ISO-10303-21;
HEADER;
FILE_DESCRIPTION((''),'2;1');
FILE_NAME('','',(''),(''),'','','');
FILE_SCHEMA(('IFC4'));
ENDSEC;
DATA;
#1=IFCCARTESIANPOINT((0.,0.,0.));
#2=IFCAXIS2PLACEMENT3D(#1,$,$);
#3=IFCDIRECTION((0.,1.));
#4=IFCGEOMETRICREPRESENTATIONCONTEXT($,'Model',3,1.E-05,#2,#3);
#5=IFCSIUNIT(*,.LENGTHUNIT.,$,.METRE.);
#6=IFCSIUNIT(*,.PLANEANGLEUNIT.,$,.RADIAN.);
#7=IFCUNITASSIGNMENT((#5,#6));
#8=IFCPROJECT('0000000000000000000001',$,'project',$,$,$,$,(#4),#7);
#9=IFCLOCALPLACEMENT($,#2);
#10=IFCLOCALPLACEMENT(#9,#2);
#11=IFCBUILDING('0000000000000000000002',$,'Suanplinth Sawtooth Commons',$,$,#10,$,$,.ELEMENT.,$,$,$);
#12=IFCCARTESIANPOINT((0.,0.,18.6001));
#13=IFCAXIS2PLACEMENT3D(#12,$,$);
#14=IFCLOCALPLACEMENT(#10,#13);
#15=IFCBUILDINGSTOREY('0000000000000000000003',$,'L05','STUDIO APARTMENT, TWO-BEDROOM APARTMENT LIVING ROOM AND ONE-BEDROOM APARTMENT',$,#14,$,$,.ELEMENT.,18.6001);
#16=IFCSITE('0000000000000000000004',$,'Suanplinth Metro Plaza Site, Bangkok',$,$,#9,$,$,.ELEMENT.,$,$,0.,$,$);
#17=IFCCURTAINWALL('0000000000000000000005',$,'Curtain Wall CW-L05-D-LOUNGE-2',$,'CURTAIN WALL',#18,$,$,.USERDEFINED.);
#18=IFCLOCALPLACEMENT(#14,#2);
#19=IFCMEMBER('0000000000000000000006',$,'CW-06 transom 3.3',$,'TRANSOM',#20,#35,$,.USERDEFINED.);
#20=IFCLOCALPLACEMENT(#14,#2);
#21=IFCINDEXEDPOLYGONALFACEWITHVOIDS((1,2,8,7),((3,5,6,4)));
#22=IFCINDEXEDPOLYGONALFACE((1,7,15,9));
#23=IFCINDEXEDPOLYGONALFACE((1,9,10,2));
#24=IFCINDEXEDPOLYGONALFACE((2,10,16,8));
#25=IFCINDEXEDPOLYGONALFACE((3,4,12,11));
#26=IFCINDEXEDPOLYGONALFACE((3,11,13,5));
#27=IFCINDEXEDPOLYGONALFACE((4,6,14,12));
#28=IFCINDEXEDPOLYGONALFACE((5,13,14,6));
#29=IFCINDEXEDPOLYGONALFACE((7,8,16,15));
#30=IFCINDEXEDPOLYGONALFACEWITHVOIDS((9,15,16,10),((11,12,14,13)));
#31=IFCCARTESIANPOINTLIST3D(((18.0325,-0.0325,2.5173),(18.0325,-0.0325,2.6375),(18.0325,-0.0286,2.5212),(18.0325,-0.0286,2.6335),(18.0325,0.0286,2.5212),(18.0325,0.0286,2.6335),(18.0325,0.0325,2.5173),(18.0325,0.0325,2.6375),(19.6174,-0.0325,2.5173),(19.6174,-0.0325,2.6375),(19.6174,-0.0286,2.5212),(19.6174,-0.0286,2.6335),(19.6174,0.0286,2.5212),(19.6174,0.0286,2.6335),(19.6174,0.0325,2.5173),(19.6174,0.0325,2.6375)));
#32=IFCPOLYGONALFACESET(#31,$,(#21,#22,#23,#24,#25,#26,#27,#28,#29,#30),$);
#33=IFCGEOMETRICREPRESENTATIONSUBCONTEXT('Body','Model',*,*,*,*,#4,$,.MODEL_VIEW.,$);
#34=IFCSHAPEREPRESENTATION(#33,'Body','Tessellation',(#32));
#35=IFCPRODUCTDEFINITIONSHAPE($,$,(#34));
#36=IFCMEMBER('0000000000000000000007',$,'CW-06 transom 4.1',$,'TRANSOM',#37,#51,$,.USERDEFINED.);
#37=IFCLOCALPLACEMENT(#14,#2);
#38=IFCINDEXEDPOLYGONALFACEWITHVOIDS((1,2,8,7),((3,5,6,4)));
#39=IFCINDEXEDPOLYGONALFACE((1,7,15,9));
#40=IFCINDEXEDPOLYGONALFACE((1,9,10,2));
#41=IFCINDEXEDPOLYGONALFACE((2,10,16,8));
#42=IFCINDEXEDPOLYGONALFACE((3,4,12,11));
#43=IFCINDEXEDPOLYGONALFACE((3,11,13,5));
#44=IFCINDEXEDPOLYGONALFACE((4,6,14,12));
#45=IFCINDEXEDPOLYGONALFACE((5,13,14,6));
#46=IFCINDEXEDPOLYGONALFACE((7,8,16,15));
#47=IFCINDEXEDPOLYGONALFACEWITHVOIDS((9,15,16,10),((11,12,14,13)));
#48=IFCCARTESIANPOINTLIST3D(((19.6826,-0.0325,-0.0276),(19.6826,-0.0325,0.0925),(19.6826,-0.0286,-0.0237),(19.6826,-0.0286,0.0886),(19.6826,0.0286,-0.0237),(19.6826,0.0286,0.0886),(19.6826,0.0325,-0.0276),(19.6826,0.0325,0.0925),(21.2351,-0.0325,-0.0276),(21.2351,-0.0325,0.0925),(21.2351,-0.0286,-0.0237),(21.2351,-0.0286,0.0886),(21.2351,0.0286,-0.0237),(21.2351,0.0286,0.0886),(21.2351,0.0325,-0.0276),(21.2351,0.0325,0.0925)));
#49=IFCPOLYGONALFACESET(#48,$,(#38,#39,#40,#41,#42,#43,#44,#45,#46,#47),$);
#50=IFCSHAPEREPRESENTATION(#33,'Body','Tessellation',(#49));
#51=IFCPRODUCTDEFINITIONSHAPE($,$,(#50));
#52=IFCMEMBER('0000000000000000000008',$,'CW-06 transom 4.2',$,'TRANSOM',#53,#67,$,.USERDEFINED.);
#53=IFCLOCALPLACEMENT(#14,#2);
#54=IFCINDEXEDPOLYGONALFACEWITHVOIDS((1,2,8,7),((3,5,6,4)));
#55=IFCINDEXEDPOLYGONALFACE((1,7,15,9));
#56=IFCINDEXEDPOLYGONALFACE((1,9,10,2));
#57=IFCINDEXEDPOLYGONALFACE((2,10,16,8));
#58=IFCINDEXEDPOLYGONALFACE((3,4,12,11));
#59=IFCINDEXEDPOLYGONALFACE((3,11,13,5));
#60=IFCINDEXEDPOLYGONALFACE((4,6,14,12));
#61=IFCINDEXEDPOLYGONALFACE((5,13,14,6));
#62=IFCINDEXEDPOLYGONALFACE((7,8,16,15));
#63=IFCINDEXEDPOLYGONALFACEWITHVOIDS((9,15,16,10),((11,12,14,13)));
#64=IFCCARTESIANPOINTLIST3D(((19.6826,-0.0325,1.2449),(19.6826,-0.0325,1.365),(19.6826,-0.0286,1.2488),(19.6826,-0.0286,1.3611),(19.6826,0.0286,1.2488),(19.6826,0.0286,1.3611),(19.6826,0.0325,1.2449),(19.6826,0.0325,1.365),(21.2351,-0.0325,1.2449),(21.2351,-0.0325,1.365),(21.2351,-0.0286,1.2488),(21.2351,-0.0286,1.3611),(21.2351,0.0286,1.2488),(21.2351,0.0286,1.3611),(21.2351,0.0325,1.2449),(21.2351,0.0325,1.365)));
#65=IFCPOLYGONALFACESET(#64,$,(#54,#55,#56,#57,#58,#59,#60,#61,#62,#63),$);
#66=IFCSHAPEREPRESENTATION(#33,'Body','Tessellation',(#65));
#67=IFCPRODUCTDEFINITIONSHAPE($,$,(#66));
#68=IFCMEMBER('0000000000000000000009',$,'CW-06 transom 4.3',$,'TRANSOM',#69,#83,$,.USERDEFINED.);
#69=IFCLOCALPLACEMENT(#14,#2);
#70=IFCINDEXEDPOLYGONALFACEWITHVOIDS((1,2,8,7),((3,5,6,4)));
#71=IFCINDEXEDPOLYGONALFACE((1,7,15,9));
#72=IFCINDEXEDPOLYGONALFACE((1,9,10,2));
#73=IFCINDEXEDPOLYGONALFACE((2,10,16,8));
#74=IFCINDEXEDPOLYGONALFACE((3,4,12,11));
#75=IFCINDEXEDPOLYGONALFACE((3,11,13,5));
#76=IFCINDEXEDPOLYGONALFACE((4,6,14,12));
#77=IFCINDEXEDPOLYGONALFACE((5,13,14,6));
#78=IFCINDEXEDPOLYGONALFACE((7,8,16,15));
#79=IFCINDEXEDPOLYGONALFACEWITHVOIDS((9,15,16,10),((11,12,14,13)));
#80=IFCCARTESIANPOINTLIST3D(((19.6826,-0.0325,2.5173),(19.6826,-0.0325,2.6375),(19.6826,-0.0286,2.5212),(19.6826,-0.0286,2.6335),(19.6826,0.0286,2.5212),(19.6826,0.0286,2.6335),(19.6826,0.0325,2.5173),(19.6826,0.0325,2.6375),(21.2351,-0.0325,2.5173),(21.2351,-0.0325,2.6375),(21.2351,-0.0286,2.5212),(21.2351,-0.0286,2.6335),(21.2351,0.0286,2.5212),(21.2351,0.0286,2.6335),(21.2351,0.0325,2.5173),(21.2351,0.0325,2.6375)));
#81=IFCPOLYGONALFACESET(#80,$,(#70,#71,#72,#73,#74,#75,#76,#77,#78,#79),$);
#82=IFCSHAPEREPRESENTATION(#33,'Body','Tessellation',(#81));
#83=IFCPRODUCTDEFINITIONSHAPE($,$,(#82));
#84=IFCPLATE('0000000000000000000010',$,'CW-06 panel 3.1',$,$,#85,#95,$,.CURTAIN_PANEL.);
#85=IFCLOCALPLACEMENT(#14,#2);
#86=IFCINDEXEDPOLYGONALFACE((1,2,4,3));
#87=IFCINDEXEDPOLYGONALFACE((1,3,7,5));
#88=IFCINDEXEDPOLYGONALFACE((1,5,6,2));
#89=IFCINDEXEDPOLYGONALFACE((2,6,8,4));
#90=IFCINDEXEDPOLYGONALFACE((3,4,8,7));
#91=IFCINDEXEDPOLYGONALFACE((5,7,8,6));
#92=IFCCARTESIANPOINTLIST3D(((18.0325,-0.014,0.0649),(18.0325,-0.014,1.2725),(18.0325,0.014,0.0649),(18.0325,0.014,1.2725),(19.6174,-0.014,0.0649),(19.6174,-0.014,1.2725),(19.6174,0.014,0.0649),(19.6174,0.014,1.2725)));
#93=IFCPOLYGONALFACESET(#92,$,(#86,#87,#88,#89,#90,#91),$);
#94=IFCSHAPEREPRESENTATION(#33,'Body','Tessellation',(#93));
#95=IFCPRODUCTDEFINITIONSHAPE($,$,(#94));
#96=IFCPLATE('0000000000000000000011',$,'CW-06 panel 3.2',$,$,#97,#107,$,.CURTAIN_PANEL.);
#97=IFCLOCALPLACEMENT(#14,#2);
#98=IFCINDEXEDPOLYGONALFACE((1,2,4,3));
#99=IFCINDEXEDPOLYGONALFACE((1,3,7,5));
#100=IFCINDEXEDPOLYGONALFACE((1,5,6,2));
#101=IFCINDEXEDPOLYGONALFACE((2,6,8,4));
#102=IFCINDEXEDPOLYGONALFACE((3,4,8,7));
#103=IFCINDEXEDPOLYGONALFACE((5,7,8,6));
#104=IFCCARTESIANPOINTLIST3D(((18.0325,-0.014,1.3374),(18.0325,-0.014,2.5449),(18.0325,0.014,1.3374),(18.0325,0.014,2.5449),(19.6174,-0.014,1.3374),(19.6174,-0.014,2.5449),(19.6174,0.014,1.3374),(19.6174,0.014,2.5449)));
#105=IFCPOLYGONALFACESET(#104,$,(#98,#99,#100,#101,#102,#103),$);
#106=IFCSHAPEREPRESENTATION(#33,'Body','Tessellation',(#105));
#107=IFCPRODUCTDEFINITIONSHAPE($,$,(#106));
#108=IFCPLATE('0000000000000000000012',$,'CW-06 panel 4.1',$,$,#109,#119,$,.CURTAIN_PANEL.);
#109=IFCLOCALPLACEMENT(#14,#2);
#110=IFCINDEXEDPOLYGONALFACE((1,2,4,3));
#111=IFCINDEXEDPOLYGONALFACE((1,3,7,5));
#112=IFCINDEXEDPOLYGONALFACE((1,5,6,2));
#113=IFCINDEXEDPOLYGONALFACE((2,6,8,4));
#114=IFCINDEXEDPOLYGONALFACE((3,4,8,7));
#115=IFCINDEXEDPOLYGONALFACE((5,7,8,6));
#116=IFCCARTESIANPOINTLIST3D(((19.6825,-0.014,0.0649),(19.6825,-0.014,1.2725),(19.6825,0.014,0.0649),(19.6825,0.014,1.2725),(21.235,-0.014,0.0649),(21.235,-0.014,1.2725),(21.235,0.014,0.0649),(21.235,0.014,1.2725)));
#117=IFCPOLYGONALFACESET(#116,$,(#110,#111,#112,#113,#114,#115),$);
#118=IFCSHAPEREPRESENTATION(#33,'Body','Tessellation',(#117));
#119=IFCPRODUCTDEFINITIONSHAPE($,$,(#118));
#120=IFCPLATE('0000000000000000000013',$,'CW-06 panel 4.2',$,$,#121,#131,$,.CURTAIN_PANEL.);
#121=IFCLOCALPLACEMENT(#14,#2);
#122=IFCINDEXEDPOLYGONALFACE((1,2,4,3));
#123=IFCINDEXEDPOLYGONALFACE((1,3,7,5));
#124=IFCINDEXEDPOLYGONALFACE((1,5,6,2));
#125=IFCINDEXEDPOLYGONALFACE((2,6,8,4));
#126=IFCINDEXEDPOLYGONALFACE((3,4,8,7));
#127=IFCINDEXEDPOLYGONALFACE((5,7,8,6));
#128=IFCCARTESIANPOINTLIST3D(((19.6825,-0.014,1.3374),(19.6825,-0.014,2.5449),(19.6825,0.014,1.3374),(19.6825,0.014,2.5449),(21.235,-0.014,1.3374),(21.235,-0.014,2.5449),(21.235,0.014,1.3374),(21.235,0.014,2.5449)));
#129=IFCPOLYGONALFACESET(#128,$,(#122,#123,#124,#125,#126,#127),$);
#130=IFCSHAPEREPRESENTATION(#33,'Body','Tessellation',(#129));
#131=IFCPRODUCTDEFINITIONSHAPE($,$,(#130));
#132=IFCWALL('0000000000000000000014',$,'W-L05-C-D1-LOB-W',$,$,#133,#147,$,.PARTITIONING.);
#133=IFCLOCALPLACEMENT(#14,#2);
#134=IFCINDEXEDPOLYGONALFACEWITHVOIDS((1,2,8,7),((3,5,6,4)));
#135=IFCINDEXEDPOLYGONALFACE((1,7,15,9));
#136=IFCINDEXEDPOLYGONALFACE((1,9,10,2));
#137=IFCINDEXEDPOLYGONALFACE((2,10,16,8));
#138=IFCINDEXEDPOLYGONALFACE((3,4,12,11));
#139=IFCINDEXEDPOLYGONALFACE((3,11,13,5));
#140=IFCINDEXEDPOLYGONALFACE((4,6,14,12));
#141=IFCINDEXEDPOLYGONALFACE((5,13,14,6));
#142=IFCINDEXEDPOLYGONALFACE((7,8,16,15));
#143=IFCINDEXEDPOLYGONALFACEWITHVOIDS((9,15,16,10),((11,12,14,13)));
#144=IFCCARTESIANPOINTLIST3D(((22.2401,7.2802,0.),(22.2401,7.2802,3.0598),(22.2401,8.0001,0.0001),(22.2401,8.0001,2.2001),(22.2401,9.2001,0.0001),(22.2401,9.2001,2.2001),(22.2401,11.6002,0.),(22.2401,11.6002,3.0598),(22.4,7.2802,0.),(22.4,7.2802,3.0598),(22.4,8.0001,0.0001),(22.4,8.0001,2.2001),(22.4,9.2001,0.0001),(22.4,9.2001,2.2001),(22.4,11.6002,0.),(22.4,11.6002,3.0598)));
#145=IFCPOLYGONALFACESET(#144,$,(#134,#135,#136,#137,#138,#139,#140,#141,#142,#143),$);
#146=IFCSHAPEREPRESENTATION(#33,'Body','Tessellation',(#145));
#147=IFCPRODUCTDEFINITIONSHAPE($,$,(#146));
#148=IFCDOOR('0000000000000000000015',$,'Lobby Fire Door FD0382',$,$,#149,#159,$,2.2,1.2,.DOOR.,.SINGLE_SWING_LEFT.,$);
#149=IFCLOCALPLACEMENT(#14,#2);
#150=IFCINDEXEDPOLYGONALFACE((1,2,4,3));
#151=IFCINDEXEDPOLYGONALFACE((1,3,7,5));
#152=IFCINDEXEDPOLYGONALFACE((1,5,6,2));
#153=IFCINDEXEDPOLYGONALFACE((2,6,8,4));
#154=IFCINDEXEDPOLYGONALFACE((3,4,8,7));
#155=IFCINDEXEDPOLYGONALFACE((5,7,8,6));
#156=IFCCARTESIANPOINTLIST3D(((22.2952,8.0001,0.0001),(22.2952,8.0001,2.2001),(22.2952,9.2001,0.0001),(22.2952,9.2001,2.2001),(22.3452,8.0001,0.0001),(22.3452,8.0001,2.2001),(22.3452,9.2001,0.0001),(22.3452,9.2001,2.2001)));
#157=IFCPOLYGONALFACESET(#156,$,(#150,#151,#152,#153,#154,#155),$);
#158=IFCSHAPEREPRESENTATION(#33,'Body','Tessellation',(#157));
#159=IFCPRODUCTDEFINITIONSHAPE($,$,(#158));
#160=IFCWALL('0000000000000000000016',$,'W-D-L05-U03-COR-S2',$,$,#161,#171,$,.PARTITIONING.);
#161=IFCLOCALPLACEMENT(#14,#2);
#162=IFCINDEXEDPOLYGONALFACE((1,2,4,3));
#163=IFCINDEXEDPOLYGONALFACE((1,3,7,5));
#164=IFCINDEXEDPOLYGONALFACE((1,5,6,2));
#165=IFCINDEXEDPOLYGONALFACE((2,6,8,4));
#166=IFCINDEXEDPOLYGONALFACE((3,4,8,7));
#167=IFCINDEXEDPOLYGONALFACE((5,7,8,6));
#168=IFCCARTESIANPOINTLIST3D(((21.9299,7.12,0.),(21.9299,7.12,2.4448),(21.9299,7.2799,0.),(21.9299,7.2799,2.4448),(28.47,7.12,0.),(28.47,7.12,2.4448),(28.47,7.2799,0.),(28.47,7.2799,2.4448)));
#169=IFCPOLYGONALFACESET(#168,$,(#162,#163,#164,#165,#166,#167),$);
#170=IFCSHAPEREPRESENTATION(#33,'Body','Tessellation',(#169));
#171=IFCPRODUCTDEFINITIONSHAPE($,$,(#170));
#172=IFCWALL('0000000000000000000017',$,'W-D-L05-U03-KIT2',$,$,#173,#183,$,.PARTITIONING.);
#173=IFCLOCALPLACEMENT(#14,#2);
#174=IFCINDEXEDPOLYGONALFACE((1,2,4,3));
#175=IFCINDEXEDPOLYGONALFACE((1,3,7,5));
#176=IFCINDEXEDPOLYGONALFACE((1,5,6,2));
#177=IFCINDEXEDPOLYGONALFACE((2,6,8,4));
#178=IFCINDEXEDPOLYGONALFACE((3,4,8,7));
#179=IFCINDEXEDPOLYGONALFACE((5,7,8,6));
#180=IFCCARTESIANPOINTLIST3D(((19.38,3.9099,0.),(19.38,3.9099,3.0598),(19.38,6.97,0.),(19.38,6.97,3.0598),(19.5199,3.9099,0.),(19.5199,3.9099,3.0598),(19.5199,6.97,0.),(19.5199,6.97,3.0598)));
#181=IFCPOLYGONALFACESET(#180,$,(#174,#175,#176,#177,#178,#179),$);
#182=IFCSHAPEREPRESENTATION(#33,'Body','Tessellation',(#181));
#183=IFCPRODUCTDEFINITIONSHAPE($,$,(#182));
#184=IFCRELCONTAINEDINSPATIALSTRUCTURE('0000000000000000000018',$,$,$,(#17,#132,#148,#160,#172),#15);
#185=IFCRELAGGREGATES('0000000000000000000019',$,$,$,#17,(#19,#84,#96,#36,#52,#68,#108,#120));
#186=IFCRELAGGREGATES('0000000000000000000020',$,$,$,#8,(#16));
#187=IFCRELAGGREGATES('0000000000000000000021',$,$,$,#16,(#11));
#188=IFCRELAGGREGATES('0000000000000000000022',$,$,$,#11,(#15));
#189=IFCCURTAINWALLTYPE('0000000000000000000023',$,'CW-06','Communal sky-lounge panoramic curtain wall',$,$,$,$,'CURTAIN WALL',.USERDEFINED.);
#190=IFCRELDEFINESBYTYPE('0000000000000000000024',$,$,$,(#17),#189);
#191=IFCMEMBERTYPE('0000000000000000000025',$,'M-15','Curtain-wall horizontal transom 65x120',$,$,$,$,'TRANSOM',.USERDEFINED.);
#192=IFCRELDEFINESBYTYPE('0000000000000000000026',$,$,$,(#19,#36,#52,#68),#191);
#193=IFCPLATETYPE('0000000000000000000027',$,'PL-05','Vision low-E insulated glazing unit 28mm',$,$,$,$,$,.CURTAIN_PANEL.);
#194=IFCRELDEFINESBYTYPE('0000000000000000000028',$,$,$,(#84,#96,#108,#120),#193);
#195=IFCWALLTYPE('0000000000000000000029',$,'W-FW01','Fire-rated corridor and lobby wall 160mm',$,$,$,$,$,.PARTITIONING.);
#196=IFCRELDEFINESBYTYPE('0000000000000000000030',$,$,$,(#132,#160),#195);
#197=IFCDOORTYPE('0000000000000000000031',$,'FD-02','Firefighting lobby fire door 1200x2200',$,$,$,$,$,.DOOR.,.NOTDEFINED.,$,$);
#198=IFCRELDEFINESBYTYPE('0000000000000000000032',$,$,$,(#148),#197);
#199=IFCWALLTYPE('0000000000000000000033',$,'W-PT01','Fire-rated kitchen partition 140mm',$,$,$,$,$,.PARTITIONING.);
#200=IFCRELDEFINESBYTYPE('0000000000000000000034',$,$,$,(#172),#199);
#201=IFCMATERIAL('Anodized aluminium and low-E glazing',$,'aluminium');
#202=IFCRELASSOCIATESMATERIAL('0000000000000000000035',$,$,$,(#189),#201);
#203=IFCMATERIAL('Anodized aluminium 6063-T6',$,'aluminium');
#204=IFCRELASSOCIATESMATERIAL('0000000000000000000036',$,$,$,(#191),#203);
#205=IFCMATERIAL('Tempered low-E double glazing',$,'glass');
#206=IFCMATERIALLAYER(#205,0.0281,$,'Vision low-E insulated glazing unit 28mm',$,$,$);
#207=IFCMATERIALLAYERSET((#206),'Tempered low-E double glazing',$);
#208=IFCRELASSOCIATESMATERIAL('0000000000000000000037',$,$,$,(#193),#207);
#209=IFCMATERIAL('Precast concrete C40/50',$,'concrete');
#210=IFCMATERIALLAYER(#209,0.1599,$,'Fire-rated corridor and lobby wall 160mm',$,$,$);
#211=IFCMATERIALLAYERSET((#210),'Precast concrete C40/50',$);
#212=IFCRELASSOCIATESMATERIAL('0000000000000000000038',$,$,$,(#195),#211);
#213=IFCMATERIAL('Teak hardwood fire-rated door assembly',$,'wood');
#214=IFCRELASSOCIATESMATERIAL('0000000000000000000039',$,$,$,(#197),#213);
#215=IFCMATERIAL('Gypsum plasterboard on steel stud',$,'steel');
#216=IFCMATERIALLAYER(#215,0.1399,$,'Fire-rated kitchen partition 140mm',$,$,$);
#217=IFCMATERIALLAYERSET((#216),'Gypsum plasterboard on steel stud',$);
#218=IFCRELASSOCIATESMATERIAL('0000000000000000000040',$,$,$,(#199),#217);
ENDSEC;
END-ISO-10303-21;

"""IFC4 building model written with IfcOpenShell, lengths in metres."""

from ifc_helpers import new_model, si_unit, direction, frame, frame_2d, origin, origin_2d, place, context, subcontext, project, spatial, rectangle, hollow_rectangle, extrude, material, layer, layer_set, material_profile, profile_set, type_object, element, fill, aggregate, save


model = new_model("IFC4")

# Units and contexts
model_context = context("Model", 3, precision=1e-05, world=origin(), true_north=direction((0.0, 1.0)))
body_context = subcontext(model_context, "Body", "Model", "MODEL_VIEW")
ifc_project = project(units=[si_unit("LENGTHUNIT", "METRE"), si_unit("PLANEANGLEUNIT", "RADIAN")], contexts=[model_context])

# Site, building, storey
site_placement = place(None, origin())
site = spatial("IfcSite", under=ifc_project, at=site_placement, Name="Suanplinth Metro Plaza Site, Bangkok", CompositionType="ELEMENT", RefElevation=0.0)
building_placement = place(site_placement, origin())
building = spatial("IfcBuilding", under=site, at=building_placement, Name="Suanplinth Sawtooth Commons", CompositionType="ELEMENT")
storey_placement = place(building_placement, frame((0.0, 0.0, 18.6001)))
storey = spatial("IfcBuildingStorey", under=building, at=storey_placement, Name="L05", Description="STUDIO APARTMENT, TWO-BEDROOM APARTMENT LIVING ROOM AND ONE-BEDROOM APARTMENT", CompositionType="ELEMENT", Elevation=18.6001)

# Shared definitions
ifc_material_1 = material(Name="Precast concrete C40/50", Category="concrete")

# Curtain wall, members, plates
ifc_material_2 = material(Name="Anodized aluminium and low-E glazing", Category="aluminium")
curtain_wall_type = type_object("IfcCurtainWallType", Name="CW-06", Description="Communal sky-lounge panoramic curtain wall", ElementType="CURTAIN WALL", PredefinedType="USERDEFINED", material=ifc_material_2)
curtain_wall_placement = place(storey_placement, origin())
curtain_wall = element("IfcCurtainWall", 1, at=curtain_wall_placement, inside=storey, type_object=curtain_wall_type, Name="Curtain Wall CW-L05-D-LOUNGE-2", ObjectType="CURTAIN WALL", PredefinedType="USERDEFINED")
ifc_material_3 = material(Name="Anodized aluminium 6063-T6", Category="aluminium")
ifc_material_profile_1 = material_profile(ifc_material_3, hollow_rectangle(XDim=0.0649, YDim=0.1201, WallThickness=0.0039, at=origin_2d()), Name="ALU-TRN 65x120")
ifc_profile_set_1 = profile_set([ifc_material_profile_1], Name="Anodized aluminium 6063-T6")
member_type_1 = type_object("IfcMemberType", Name="M-15", Description="Curtain-wall horizontal transom 65x120", ElementType="TRANSOM", PredefinedType="USERDEFINED", material=ifc_profile_set_1)
member_1_placement = place(storey_placement, frame((18.0325, 0.0, 2.5774), z_axis=(1.0, 0.0, 0.0), x_axis=(0.0, 1.0, 0.0)))
member_1 = element("IfcMember", 2, at=member_1_placement, type_object=member_type_1, Name="CW-06 transom 3.3", ObjectType="TRANSOM", PredefinedType="USERDEFINED", context=body_context, shape_type="SweptSolid", body=[
    extrude(hollow_rectangle(XDim=0.0649, YDim=0.1201, WallThickness=0.0039, at=origin_2d()), origin(), (0.0, 0.0, 1.0), 1.585),
])
member_2_placement = place(storey_placement, frame((19.6826, 0.0, 0.0325), z_axis=(1.0, 0.0, 0.0), x_axis=(0.0, 1.0, 0.0)))
member_2 = element("IfcMember", 3, at=member_2_placement, type_object=member_type_1, Name="CW-06 transom 4.1", ObjectType="TRANSOM", PredefinedType="USERDEFINED", context=body_context, shape_type="SweptSolid", body=[
    extrude(hollow_rectangle(XDim=0.0649, YDim=0.1201, WallThickness=0.0039, at=origin_2d()), origin(), (0.0, 0.0, 1.0), 1.5525),
])
member_3_placement = place(storey_placement, frame((19.6826, 0.0, 1.3049), z_axis=(1.0, 0.0, 0.0), x_axis=(0.0, 1.0, 0.0)))
member_3 = element("IfcMember", 4, at=member_3_placement, type_object=member_type_1, Name="CW-06 transom 4.2", ObjectType="TRANSOM", PredefinedType="USERDEFINED", context=body_context, shape_type="SweptSolid", body=[
    extrude(hollow_rectangle(XDim=0.0649, YDim=0.1201, WallThickness=0.0039, at=origin_2d()), origin(), (0.0, 0.0, 1.0), 1.5525),
])
member_4_placement = place(storey_placement, frame((19.6826, 0.0, 2.5774), z_axis=(1.0, 0.0, 0.0), x_axis=(0.0, 1.0, 0.0)))
member_4 = element("IfcMember", 5, at=member_4_placement, type_object=member_type_1, Name="CW-06 transom 4.3", ObjectType="TRANSOM", PredefinedType="USERDEFINED", context=body_context, shape_type="SweptSolid", body=[
    extrude(hollow_rectangle(XDim=0.0649, YDim=0.1201, WallThickness=0.0039, at=origin_2d()), origin(), (0.0, 0.0, 1.0), 1.5525),
])
ifc_material_4 = material(Name="Tempered low-E double glazing", Category="glass")
ifc_layer_1 = layer(ifc_material_4, 0.0281, Name="Vision low-E insulated glazing unit 28mm")
ifc_layer_set_1 = layer_set([ifc_layer_1], Name="Tempered low-E double glazing")
plate_type = type_object("IfcPlateType", Name="PL-05", Description="Vision low-E insulated glazing unit 28mm", PredefinedType="CURTAIN_PANEL", material=ifc_layer_set_1)
plate_1_placement = place(storey_placement, frame((18.825, 0.0, 0.0649), z_axis=(0.0, 0.0, 1.0), x_axis=(1.0, 0.0, 0.0)))
plate_1 = element("IfcPlate", 6, at=plate_1_placement, type_object=plate_type, Name="CW-06 panel 3.1", PredefinedType="CURTAIN_PANEL", context=body_context, shape_type="SweptSolid", body=[
    extrude(rectangle(XDim=1.585, YDim=0.0281, at=origin_2d()), origin(), (0.0, 0.0, 1.0), 1.2075),
])
plate_2_placement = place(storey_placement, frame((18.825, 0.0, 1.3374), z_axis=(0.0, 0.0, 1.0), x_axis=(1.0, 0.0, 0.0)))
plate_2 = element("IfcPlate", 7, at=plate_2_placement, type_object=plate_type, Name="CW-06 panel 3.2", PredefinedType="CURTAIN_PANEL", context=body_context, shape_type="SweptSolid", body=[
    extrude(rectangle(XDim=1.585, YDim=0.0281, at=origin_2d()), origin(), (0.0, 0.0, 1.0), 1.2075),
])
plate_3_placement = place(storey_placement, frame((20.4587, 0.0, 0.0649), z_axis=(0.0, 0.0, 1.0), x_axis=(1.0, 0.0, 0.0)))
plate_3 = element("IfcPlate", 8, at=plate_3_placement, type_object=plate_type, Name="CW-06 panel 4.1", PredefinedType="CURTAIN_PANEL", context=body_context, shape_type="SweptSolid", body=[
    extrude(rectangle(XDim=1.5525, YDim=0.0281, at=origin_2d()), origin(), (0.0, 0.0, 1.0), 1.2075),
])
plate_4_placement = place(storey_placement, frame((20.4587, 0.0, 1.3374), z_axis=(0.0, 0.0, 1.0), x_axis=(1.0, 0.0, 0.0)))
plate_4 = element("IfcPlate", 9, at=plate_4_placement, type_object=plate_type, Name="CW-06 panel 4.2", PredefinedType="CURTAIN_PANEL", context=body_context, shape_type="SweptSolid", body=[
    extrude(rectangle(XDim=1.5525, YDim=0.0281, at=origin_2d()), origin(), (0.0, 0.0, 1.0), 1.2075),
])
aggregate(curtain_wall, [member_1, plate_1, plate_2, member_2, member_3, member_4, plate_3, plate_4])

# Wall, opening, door
ifc_layer_2 = layer(ifc_material_1, 0.1599, Name="Fire-rated corridor and lobby wall 160mm")
ifc_layer_set_2 = layer_set([ifc_layer_2], Name="Precast concrete C40/50")
wall_type_1 = type_object("IfcWallType", Name="W-FW01", Description="Fire-rated corridor and lobby wall 160mm", PredefinedType="PARTITIONING", material=ifc_layer_set_2)
wall_1_placement = place(storey_placement, frame((22.3201, 7.28, 0.0), z_axis=(0.0, 0.0, 1.0), x_axis=(0.0, 1.0, 0.0)))
wall_1 = element("IfcWall", 10, at=wall_1_placement, inside=storey, type_object=wall_type_1, Name="W-L05-C-D1-LOB-W", PredefinedType="PARTITIONING", context=body_context, shape_type="SweptSolid", body=[
    extrude(rectangle(XDim=4.3201, YDim=0.1599, at=frame_2d((2.1602, 0.0))), origin(), (0.0, 0.0, 1.0), 3.0598),
])
opening_1_placement = place(wall_1_placement, frame((0.72, 0.0, 0.0)))
opening_1 = element("IfcOpeningElement", 11, at=opening_1_placement, cuts=wall_1, PredefinedType="OPENING", context=body_context, shape_type="SweptSolid", body=[
    extrude(rectangle(XDim=1.2, YDim=2.2, at=frame_2d((0.6001, 1.1001))), frame((0.0, 0.0947, 0.0), z_axis=(0.0, -1.0, 0.0), x_axis=(1.0, 0.0, 0.0)), (0.0, 0.0, 1.0), 0.1897),
])
ifc_material_5 = material(Name="Teak hardwood fire-rated door assembly", Category="wood")
door_type_1 = type_object("IfcDoorType", Name="FD-02", Description="Firefighting lobby fire door 1200x2200", OperationType="NOTDEFINED", PredefinedType="DOOR", material=ifc_material_5)
door_1_placement = place(opening_1_placement, origin())
door_1 = element("IfcDoor", 12, at=door_1_placement, inside=storey, type_object=door_type_1, Name="Lobby Fire Door FD0382", OperationType="SINGLE_SWING_LEFT", OverallHeight=2.2, OverallWidth=1.2, PredefinedType="DOOR", context=body_context, shape_type="SweptSolid", body=[
    extrude(rectangle(XDim=1.2, YDim=2.2, at=frame_2d((0.6001, 1.1001))), frame((0.0, 0.0249, 0.0), z_axis=(0.0, -1.0, 0.0), x_axis=(1.0, 0.0, 0.0)), (0.0, 0.0, 1.0), 0.05),
])
fill(opening_1, door_1)

# Walls
wall_2_placement = place(storey_placement, frame((21.9299, 7.2, 0.0), z_axis=(0.0, 0.0, 1.0), x_axis=(1.0, 0.0, 0.0)))
element("IfcWall", 13, at=wall_2_placement, inside=storey, type_object=wall_type_1, Name="W-D-L05-U03-COR-S2", PredefinedType="PARTITIONING", context=body_context, shape_type="SweptSolid", body=[
    extrude(rectangle(XDim=6.54, YDim=0.1599, at=frame_2d((3.27, 0.0))), origin(), (0.0, 0.0, 1.0), 2.4448),
])
ifc_material_6 = material(Name="Gypsum plasterboard on steel stud", Category="steel")
ifc_layer_3 = layer(ifc_material_6, 0.1399, Name="Fire-rated kitchen partition 140mm")
ifc_layer_set_3 = layer_set([ifc_layer_3], Name="Gypsum plasterboard on steel stud")
wall_type_2 = type_object("IfcWallType", Name="W-PT01", Description="Fire-rated kitchen partition 140mm", PredefinedType="PARTITIONING", material=ifc_layer_set_3)
wall_3_placement = place(storey_placement, frame((19.45, 3.9099, 0.0), z_axis=(0.0, 0.0, 1.0), x_axis=(0.0, 1.0, 0.0)))
element("IfcWall", 14, at=wall_3_placement, inside=storey, type_object=wall_type_2, Name="W-D-L05-U03-KIT2", PredefinedType="PARTITIONING", context=body_context, shape_type="SweptSolid", body=[
    extrude(rectangle(XDim=3.0601, YDim=0.1399, at=frame_2d((1.53, 0.0))), origin(), (0.0, 0.0, 1.0), 3.0598),
])

save(model, "model.ifc")
